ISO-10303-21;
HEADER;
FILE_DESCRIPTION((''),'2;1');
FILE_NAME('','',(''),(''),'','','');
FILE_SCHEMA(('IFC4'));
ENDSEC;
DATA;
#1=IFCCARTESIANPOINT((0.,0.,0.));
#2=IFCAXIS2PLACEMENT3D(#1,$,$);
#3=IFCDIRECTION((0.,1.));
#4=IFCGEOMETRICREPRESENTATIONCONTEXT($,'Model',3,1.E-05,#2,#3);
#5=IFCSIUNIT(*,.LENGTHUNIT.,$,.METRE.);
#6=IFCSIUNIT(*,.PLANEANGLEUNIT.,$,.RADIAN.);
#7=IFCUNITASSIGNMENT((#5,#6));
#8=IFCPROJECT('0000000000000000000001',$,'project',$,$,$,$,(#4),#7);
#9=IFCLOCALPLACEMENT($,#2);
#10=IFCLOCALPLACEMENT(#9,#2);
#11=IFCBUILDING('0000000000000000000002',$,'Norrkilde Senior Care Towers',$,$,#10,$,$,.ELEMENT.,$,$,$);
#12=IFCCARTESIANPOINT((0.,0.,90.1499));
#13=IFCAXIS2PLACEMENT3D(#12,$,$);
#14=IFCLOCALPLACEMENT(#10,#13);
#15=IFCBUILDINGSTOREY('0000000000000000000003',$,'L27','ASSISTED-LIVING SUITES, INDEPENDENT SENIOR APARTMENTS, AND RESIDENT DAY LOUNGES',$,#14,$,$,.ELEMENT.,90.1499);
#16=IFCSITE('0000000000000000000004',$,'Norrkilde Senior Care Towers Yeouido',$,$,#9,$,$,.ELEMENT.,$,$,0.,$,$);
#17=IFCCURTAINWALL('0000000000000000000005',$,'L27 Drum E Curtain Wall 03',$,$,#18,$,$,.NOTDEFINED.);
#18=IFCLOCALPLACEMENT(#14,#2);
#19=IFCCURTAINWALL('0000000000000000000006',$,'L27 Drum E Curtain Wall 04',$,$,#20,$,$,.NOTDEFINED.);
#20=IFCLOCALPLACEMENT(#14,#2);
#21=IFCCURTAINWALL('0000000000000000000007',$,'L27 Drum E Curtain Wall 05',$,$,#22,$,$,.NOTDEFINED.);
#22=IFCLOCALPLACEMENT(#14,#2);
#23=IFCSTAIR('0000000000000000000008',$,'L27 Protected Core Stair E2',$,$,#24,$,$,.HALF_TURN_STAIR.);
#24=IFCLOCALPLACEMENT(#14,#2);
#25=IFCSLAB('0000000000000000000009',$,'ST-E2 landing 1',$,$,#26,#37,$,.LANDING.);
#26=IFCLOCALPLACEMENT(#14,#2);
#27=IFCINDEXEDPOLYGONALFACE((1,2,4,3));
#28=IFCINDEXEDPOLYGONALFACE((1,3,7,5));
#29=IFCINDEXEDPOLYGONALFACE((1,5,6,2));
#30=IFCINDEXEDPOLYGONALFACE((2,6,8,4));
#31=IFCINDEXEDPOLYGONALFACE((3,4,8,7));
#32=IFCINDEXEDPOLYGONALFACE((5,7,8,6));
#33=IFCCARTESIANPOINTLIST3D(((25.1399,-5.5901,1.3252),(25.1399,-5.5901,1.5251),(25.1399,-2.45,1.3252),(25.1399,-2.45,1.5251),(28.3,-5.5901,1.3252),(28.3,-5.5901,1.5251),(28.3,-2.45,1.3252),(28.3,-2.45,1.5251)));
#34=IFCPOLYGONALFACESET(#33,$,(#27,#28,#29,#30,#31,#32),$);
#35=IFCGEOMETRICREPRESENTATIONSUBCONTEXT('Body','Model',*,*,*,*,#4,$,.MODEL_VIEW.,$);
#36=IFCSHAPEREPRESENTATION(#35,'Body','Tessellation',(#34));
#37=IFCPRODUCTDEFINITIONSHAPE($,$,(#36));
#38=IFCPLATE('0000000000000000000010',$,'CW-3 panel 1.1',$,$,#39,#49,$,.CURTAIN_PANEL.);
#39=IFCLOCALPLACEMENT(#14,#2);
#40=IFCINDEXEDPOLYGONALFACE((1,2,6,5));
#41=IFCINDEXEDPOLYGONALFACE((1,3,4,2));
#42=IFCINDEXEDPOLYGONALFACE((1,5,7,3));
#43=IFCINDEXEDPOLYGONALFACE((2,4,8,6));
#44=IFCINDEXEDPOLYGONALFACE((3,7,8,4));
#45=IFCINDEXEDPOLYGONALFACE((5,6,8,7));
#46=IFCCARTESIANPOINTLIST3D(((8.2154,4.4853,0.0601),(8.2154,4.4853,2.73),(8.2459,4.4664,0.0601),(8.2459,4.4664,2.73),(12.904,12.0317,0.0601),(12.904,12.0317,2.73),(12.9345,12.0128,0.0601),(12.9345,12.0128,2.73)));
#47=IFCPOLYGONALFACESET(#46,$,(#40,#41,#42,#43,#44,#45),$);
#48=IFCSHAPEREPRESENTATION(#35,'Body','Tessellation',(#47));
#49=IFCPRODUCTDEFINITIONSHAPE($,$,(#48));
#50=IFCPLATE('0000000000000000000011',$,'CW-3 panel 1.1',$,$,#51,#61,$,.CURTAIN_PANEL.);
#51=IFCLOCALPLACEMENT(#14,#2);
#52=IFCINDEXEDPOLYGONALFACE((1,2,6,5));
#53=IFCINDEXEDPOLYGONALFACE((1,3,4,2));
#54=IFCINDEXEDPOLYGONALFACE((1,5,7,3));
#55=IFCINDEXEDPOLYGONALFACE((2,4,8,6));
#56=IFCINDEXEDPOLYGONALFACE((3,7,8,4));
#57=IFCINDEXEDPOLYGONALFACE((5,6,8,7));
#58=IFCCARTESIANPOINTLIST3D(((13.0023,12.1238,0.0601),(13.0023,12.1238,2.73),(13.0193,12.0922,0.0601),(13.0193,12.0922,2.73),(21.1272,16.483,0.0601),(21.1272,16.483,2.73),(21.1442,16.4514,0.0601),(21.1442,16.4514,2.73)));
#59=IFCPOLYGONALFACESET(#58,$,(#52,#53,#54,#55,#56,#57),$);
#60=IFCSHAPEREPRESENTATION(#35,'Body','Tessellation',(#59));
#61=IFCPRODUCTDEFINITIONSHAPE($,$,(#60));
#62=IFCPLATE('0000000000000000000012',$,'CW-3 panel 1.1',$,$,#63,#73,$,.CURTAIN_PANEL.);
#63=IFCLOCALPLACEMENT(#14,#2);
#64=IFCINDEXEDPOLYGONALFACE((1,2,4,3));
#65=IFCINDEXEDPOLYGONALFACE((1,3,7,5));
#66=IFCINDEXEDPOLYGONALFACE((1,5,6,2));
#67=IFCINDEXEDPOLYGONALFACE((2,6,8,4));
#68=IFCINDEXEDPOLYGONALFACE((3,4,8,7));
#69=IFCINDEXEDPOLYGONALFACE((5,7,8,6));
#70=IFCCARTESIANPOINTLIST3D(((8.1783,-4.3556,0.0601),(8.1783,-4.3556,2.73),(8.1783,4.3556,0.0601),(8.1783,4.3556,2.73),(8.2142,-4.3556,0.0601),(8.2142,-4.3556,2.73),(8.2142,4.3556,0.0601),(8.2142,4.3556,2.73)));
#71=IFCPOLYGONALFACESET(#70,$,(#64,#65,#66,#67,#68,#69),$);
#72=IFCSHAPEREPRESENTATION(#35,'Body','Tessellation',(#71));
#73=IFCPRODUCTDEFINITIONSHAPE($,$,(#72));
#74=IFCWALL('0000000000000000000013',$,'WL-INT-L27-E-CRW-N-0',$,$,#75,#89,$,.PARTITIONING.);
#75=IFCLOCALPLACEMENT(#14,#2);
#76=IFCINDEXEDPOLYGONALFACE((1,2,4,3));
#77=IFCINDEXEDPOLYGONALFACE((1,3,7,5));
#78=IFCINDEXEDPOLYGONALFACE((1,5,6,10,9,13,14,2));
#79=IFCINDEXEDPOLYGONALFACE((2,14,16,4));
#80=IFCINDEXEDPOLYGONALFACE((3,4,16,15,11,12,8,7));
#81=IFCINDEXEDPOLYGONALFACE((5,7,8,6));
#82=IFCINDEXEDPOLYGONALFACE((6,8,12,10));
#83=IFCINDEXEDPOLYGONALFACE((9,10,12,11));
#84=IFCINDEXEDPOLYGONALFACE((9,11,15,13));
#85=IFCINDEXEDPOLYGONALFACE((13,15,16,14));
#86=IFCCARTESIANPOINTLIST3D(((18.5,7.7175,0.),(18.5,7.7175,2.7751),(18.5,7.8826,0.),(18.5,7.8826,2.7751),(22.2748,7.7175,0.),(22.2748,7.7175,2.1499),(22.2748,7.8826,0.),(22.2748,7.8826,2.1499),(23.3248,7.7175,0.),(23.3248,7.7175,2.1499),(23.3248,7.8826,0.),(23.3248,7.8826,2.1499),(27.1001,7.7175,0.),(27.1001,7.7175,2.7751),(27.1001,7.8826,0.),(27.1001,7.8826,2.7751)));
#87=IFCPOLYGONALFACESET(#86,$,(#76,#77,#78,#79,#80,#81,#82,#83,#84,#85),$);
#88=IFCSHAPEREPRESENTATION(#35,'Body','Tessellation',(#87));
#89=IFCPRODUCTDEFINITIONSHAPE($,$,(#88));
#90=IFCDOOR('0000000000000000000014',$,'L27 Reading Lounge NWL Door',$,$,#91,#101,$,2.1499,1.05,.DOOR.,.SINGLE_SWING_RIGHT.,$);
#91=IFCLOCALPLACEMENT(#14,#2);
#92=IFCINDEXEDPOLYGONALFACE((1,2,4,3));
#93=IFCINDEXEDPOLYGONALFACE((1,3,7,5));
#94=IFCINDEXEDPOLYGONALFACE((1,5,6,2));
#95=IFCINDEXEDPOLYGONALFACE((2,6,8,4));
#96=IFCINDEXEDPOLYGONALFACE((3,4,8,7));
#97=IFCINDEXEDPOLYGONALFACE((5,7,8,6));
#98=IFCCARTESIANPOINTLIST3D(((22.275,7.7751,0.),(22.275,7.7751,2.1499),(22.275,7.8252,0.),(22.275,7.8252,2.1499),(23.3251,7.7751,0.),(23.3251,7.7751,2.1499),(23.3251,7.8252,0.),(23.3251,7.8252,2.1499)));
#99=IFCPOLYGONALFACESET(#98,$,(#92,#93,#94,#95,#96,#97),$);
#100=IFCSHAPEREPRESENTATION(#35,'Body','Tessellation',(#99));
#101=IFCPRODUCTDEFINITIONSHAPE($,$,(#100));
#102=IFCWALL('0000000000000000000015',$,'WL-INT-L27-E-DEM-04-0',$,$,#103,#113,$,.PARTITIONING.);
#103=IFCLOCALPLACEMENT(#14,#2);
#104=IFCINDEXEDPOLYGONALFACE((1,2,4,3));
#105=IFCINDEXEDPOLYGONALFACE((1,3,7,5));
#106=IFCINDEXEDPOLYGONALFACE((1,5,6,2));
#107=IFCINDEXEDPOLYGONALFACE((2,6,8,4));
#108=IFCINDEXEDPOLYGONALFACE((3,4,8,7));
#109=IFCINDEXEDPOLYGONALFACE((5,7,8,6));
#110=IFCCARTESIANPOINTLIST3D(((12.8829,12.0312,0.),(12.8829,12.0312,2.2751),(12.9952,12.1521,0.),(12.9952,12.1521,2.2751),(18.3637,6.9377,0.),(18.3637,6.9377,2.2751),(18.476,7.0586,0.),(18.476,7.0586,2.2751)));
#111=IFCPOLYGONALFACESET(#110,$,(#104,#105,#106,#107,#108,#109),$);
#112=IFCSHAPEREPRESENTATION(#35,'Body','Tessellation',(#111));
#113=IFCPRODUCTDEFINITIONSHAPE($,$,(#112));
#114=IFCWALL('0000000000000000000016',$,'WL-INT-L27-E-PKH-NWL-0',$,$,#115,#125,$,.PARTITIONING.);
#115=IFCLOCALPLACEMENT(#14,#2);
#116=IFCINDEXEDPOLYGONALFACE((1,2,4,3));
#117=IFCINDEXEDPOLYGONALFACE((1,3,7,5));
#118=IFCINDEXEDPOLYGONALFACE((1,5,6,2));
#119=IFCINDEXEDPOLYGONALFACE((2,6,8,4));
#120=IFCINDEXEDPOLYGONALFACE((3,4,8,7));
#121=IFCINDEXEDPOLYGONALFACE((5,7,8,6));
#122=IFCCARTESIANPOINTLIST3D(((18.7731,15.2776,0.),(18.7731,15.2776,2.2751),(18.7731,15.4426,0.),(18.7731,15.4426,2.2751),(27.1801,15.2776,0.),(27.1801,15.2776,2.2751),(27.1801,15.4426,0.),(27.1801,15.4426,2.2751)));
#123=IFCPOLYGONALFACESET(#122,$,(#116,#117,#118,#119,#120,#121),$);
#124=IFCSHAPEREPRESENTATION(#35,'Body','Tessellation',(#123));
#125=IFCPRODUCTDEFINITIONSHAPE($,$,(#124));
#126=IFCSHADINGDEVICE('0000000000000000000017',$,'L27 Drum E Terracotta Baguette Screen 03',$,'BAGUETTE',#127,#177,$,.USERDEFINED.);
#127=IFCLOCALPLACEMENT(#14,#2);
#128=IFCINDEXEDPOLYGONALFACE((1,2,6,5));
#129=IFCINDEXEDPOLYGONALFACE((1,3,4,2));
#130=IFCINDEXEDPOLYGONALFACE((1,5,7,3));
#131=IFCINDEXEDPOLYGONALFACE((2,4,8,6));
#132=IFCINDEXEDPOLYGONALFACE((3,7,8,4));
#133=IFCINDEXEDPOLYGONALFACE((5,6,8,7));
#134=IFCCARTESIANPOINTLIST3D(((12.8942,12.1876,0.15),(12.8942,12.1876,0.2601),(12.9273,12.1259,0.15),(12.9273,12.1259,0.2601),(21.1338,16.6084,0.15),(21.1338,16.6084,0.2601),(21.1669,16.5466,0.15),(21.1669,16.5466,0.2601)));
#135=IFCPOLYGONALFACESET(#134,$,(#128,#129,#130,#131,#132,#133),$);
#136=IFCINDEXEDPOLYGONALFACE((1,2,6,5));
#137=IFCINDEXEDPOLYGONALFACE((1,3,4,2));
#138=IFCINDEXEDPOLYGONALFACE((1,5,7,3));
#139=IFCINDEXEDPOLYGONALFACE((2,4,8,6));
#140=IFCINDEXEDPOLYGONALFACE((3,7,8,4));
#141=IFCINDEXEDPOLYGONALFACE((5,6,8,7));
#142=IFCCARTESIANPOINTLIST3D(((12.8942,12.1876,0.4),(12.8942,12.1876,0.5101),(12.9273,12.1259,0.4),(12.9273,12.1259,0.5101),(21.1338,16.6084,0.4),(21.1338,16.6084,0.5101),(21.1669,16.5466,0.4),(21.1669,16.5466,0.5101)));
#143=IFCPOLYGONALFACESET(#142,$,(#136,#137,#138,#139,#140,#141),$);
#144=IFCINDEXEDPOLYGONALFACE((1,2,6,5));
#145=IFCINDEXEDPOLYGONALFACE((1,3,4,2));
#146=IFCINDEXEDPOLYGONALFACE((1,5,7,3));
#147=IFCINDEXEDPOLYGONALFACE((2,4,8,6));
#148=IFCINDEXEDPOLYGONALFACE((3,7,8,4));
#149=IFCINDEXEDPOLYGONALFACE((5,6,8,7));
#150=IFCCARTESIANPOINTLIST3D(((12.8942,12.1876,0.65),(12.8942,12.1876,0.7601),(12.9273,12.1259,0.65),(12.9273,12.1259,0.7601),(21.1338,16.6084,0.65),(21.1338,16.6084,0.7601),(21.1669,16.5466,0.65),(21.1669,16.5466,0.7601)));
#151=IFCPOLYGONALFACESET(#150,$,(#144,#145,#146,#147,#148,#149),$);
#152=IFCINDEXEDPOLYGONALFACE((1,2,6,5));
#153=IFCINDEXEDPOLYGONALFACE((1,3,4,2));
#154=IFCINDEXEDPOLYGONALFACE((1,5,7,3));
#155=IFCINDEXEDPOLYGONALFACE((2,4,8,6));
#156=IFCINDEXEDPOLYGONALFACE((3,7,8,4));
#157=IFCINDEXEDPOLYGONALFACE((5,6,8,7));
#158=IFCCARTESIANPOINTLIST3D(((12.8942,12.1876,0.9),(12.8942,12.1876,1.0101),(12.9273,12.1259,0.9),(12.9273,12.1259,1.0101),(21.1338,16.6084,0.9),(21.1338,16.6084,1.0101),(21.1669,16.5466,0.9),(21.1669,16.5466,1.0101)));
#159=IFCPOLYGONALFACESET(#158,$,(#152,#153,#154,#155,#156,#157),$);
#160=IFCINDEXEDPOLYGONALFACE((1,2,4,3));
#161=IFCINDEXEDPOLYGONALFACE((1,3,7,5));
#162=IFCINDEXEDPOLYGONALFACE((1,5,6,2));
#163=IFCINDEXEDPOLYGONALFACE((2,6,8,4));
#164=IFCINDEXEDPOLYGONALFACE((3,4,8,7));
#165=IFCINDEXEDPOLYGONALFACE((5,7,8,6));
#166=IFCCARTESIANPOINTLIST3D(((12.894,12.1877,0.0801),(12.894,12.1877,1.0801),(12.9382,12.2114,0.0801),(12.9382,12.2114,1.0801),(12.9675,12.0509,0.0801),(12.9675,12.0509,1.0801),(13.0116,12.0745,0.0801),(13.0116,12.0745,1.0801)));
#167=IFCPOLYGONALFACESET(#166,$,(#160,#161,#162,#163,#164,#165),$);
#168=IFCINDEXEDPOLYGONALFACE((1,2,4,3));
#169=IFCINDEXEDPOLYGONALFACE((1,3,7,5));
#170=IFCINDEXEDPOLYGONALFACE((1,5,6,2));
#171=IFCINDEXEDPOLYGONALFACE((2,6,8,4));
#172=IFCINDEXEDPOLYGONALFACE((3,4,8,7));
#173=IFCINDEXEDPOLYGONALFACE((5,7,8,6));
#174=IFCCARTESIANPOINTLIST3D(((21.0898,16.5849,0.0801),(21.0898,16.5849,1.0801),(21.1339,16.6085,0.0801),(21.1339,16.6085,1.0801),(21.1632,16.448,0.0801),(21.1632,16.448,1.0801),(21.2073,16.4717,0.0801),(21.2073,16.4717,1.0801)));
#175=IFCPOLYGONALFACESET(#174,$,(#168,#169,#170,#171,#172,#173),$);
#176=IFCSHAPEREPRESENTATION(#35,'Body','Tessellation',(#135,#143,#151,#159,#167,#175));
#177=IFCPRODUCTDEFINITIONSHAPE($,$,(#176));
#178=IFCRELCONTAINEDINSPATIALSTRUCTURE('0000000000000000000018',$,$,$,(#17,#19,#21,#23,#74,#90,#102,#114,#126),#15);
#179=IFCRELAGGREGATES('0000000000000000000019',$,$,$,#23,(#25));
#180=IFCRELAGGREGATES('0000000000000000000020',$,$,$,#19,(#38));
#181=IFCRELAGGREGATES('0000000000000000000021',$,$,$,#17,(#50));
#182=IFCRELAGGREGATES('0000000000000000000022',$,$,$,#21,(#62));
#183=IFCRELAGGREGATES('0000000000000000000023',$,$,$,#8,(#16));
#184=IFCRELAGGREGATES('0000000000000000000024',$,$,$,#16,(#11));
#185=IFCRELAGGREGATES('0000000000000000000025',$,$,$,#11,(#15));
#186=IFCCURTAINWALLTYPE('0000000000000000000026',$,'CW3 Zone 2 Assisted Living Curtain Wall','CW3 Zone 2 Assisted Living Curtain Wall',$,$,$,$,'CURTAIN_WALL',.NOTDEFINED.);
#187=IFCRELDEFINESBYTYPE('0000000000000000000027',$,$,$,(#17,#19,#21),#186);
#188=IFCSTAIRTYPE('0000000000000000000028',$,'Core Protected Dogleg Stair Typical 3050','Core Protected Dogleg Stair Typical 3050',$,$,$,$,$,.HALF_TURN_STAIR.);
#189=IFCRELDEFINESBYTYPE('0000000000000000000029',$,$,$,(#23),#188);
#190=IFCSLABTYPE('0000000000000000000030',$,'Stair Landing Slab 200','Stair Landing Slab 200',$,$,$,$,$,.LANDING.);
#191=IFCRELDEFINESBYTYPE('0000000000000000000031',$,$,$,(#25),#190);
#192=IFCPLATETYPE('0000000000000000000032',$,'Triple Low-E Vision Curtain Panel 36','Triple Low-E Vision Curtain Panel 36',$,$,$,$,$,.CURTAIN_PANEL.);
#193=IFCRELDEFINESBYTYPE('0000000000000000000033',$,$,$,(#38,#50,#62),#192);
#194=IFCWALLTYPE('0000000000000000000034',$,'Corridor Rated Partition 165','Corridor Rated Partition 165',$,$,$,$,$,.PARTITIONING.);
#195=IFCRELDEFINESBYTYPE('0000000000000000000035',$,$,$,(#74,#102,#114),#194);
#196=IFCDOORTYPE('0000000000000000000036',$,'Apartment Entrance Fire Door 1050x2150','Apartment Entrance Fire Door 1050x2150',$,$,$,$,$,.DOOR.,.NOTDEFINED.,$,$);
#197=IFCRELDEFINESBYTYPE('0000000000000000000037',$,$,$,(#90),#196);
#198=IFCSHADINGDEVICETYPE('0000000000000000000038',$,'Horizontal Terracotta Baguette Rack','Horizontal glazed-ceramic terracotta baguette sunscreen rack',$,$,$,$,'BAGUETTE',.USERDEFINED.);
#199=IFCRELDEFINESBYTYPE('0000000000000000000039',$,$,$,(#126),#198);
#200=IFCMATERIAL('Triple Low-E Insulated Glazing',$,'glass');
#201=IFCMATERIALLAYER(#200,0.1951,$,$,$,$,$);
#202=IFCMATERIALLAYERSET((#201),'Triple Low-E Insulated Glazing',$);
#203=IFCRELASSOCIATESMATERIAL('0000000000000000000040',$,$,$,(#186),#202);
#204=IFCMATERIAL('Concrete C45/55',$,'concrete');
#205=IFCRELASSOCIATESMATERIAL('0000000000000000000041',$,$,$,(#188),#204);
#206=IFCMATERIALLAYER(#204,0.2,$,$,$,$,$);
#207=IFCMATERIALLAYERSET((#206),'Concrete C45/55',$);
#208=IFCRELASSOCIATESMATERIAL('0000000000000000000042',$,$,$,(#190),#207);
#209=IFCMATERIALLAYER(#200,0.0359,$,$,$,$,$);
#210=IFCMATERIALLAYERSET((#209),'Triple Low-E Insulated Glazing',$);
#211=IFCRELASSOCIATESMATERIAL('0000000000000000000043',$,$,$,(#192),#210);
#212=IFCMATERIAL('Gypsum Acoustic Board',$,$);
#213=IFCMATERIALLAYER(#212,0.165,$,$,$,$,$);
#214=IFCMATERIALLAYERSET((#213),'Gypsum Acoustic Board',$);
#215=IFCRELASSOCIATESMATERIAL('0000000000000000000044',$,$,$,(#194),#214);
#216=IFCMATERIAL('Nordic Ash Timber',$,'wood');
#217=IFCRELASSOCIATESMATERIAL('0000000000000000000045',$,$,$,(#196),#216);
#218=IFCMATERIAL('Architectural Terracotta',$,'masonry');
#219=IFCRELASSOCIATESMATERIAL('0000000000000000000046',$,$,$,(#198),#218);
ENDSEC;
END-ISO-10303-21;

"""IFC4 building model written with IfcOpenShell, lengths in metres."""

from ifc_helpers import new_model, si_unit, direction, frame, frame_2d, origin, origin_2d, place, context, subcontext, project, spatial, polyline, rectangle, outline, extrude, source, transform, mapped, material, layer, layer_set, type_object, type_shapes, element, fill, aggregate, save


model = new_model("IFC4")

# Units and contexts
model_context = context("Model", 3, precision=1e-05, world=origin(), true_north=direction((0.0, 1.0)))
body_context = subcontext(model_context, "Body", "Model", "MODEL_VIEW")
ifc_project = project(units=[si_unit("LENGTHUNIT", "METRE"), si_unit("PLANEANGLEUNIT", "RADIAN")], contexts=[model_context])

# Site, building, storey
site_placement = place(None, origin())
site = spatial("IfcSite", under=ifc_project, at=site_placement, Name="Norrkilde Senior Care Towers Yeouido", CompositionType="ELEMENT", RefElevation=0.0)
building_placement = place(site_placement, origin())
building = spatial("IfcBuilding", under=site, at=building_placement, Name="Norrkilde Senior Care Towers", CompositionType="ELEMENT")
storey_placement = place(building_placement, frame((0.0, 0.0, 90.1499)))
storey = spatial("IfcBuildingStorey", under=building, at=storey_placement, Name="L27", Description="ASSISTED-LIVING SUITES, INDEPENDENT SENIOR APARTMENTS, AND RESIDENT DAY LOUNGES", CompositionType="ELEMENT", Elevation=90.1499)

# Curtain wall
ifc_material_1 = material(Name="Triple Low-E Insulated Glazing", Category="glass")
ifc_layer_1 = layer(ifc_material_1, 0.1951)
ifc_layer_set_1 = layer_set([ifc_layer_1], Name="Triple Low-E Insulated Glazing")
curtain_wall_type = type_object("IfcCurtainWallType", Name="CW3 Zone 2 Assisted Living Curtain Wall", Description="CW3 Zone 2 Assisted Living Curtain Wall", ElementType="CURTAIN_WALL", PredefinedType="NOTDEFINED", material=ifc_layer_set_1)
curtain_wall_1_placement = place(storey_placement, origin())
curtain_wall_1 = element("IfcCurtainWall", 1, at=curtain_wall_1_placement, inside=storey, type_object=curtain_wall_type, Name="L27 Drum E Curtain Wall 03", PredefinedType="NOTDEFINED")

# Curtain wall
curtain_wall_2_placement = place(storey_placement, origin())
curtain_wall_2 = element("IfcCurtainWall", 2, at=curtain_wall_2_placement, inside=storey, type_object=curtain_wall_type, Name="L27 Drum E Curtain Wall 04", PredefinedType="NOTDEFINED")

# Curtain wall
curtain_wall_3_placement = place(storey_placement, origin())
curtain_wall_3 = element("IfcCurtainWall", 3, at=curtain_wall_3_placement, inside=storey, type_object=curtain_wall_type, Name="L27 Drum E Curtain Wall 05", PredefinedType="NOTDEFINED")

# Stair, slab
ifc_material_2 = material(Name="Concrete C45/55", Category="concrete")
stair_type = type_object("IfcStairType", Name="Core Protected Dogleg Stair Typical 3050", Description="Core Protected Dogleg Stair Typical 3050", PredefinedType="HALF_TURN_STAIR", material=ifc_material_2)
ifc_layer_2 = layer(ifc_material_2, 0.2)
ifc_layer_set_2 = layer_set([ifc_layer_2], Name="Concrete C45/55")
slab_type = type_object("IfcSlabType", Name="Stair Landing Slab 200", Description="Stair Landing Slab 200", PredefinedType="LANDING", material=ifc_layer_set_2)
stair_1_placement = place(storey_placement, origin())
stair_1 = element("IfcStair", 4, at=stair_1_placement, inside=storey, type_object=stair_type, Name="L27 Protected Core Stair E2", PredefinedType="HALF_TURN_STAIR")
slab_1_placement = place(storey_placement, frame((0.0, 0.0, 1.3252)))
slab_1 = element("IfcSlab", 5, at=slab_1_placement, type_object=slab_type, Name="ST-E2 landing 1", PredefinedType="LANDING", context=body_context, shape_type="SweptSolid", body=[
    extrude(outline(polyline([(25.1399, -5.5901), (28.3, -5.5901), (28.3, -2.45), (25.1399, -2.45), (25.1399, -5.5901)])), origin(), (0.0, 0.0, 1.0), 0.2),
])
aggregate(stair_1, [slab_1])

# Plates
ifc_layer_3 = layer(ifc_material_1, 0.0359)
ifc_layer_set_3 = layer_set([ifc_layer_3], Name="Triple Low-E Insulated Glazing")
plate_type = type_object("IfcPlateType", Name="Triple Low-E Vision Curtain Panel 36", Description="Triple Low-E Vision Curtain Panel 36", PredefinedType="CURTAIN_PANEL", material=ifc_layer_set_3)
shared_shape_1 = source(origin(), body_context, "Body", "SweptSolid", [
    extrude(rectangle(XDim=8.8843, YDim=0.0359, at=origin_2d()), origin(), (0.0, 0.0, 1.0), 2.6699),
])
plate_1_placement = place(storey_placement, frame((10.575, 8.249, 0.0601), z_axis=(0.0, 0.0, 1.0), x_axis=(0.527733, 0.84941, 0.0)))
plate_1 = element("IfcPlate", 6, at=plate_1_placement, type_object=plate_type, Name="CW-3 panel 1.1", PredefinedType="CURTAIN_PANEL", context=body_context, shape_type="MappedRepresentation", body=[
    mapped(shared_shape_1, transform((0.0, 0.0, 0.0), x_axis=(1.0, 0.0, 0.0), y_axis=(0.0, 1.0, 0.0), z_axis=(0.0, 0.0, 1.0), scale=1.0)),
])
aggregate(curtain_wall_2, [plate_1])
shared_shape_2 = source(origin(), body_context, "Body", "SweptSolid", [
    extrude(rectangle(XDim=9.2205, YDim=0.0359, at=origin_2d()), origin(), (0.0, 0.0, 1.0), 2.6699),
])
plate_2_placement = place(storey_placement, frame((17.0732, 14.2876, 0.0601), z_axis=(0.0, 0.0, 1.0), x_axis=(0.881186, 0.472769, 0.0)))
plate_2 = element("IfcPlate", 7, at=plate_2_placement, type_object=plate_type, Name="CW-3 panel 1.1", PredefinedType="CURTAIN_PANEL", context=body_context, shape_type="MappedRepresentation", body=[
    mapped(shared_shape_2, transform((0.0, 0.0, 0.0), x_axis=(1.0, 0.0, 0.0), y_axis=(0.0, 1.0, 0.0), z_axis=(0.0, 0.0, 1.0), scale=1.0)),
])
aggregate(curtain_wall_1, [plate_2])
shared_shape_3 = source(origin(), body_context, "Body", "SweptSolid", [
    extrude(rectangle(XDim=8.7112, YDim=0.0359, at=origin_2d()), origin(), (0.0, 0.0, 1.0), 2.6699),
])
type_shapes(plate_type, [shared_shape_1, shared_shape_2, shared_shape_3])
plate_3_placement = place(storey_placement, frame((8.1963, 0.0, 0.0601), z_axis=(0.0, 0.0, 1.0), x_axis=(0.0, 1.0, 0.0)))
plate_3 = element("IfcPlate", 8, at=plate_3_placement, type_object=plate_type, Name="CW-3 panel 1.1", PredefinedType="CURTAIN_PANEL", context=body_context, shape_type="MappedRepresentation", body=[
    mapped(shared_shape_3, transform((0.0, 0.0, 0.0), x_axis=(1.0, 0.0, 0.0), y_axis=(0.0, 1.0, 0.0), z_axis=(0.0, 0.0, 1.0), scale=1.0)),
])
aggregate(curtain_wall_3, [plate_3])

# Wall, opening, door
ifc_material_3 = material(Name="Gypsum Acoustic Board")
ifc_layer_4 = layer(ifc_material_3, 0.165)
ifc_layer_set_4 = layer_set([ifc_layer_4], Name="Gypsum Acoustic Board")
wall_type = type_object("IfcWallType", Name="Corridor Rated Partition 165", Description="Corridor Rated Partition 165", PredefinedType="PARTITIONING", material=ifc_layer_set_4)
shared_shape_4 = source(origin(), body_context, "Body", "SweptSolid", [
    extrude(rectangle(XDim=8.6001, YDim=0.165, at=frame_2d((4.3, 0.0))), origin(), (0.0, 0.0, 1.0), 2.7751),
])
wall_1_placement = place(storey_placement, frame((18.5, 7.8, 0.0), z_axis=(0.0, 0.0, 1.0), x_axis=(1.0, 0.0, 0.0)))
wall_1 = element("IfcWall", 9, at=wall_1_placement, inside=storey, type_object=wall_type, Name="WL-INT-L27-E-CRW-N-0", PredefinedType="PARTITIONING", context=body_context, shape_type="MappedRepresentation", body=[
    mapped(shared_shape_4, transform((0.0, 0.0, 0.0), x_axis=(1.0, 0.0, 0.0), y_axis=(0.0, 1.0, 0.0), z_axis=(0.0, 0.0, 1.0), scale=1.0)),
])
opening_placement = place(wall_1_placement, frame((3.7749, 0.0, 0.0)))
opening = element("IfcOpeningElement", 10, at=opening_placement, cuts=wall_1, PredefinedType="OPENING", context=body_context, shape_type="SweptSolid", body=[
    extrude(rectangle(XDim=1.05, YDim=2.1499, at=frame_2d((0.5249, 1.075))), frame((0.0, 0.0925, 0.0), z_axis=(0.0, -1.0, 0.0), x_axis=(1.0, 0.0, 0.0)), (0.0, 0.0, 1.0), 0.1851),
])
ifc_material_4 = material(Name="Nordic Ash Timber", Category="wood")
door_type = type_object("IfcDoorType", Name="Apartment Entrance Fire Door 1050x2150", Description="Apartment Entrance Fire Door 1050x2150", OperationType="NOTDEFINED", PredefinedType="DOOR", material=ifc_material_4)
shared_shape_5 = source(origin(), body_context, "Body", "SweptSolid", [
    extrude(rectangle(XDim=1.05, YDim=2.1499, at=frame_2d((0.5249, 1.075))), frame((0.0, 0.0249, 0.0), z_axis=(0.0, -1.0, 0.0), x_axis=(1.0, 0.0, 0.0)), (0.0, 0.0, 1.0), 0.05),
])
type_shapes(door_type, [shared_shape_5])
door_placement = place(opening_placement, frame((1.05, 0.0, 0.0), z_axis=(0.0, 0.0, 1.0), x_axis=(-1.0, 0.0, 0.0)))
door = element("IfcDoor", 11, at=door_placement, inside=storey, type_object=door_type, Name="L27 Reading Lounge NWL Door", OperationType="SINGLE_SWING_RIGHT", OverallHeight=2.1499, OverallWidth=1.05, PredefinedType="DOOR", context=body_context, shape_type="MappedRepresentation", body=[
    mapped(shared_shape_5, transform((0.0, 0.0, 0.0), x_axis=(1.0, 0.0, 0.0), y_axis=(0.0, 1.0, 0.0), z_axis=(0.0, 0.0, 1.0), scale=1.0)),
])
fill(opening, door)

# Walls
shared_shape_6 = source(origin(), body_context, "Body", "SweptSolid", [
    extrude(rectangle(XDim=7.4822, YDim=0.165, at=frame_2d((3.7412, 0.0))), origin(), (0.0, 0.0, 1.0), 2.2751),
])
wall_2_placement = place(storey_placement, frame((18.4199, 6.998, 0.0), z_axis=(0.0, 0.0, 1.0), x_axis=(-0.732509, 0.680758, 0.0)))
element("IfcWall", 12, at=wall_2_placement, inside=storey, type_object=wall_type, Name="WL-INT-L27-E-DEM-04-0", PredefinedType="PARTITIONING", context=body_context, shape_type="MappedRepresentation", body=[
    mapped(shared_shape_6, transform((0.0, 0.0, 0.0), x_axis=(1.0, 0.0, 0.0), y_axis=(0.0, 1.0, 0.0), z_axis=(0.0, 0.0, 1.0), scale=1.0)),
])
shared_shape_7 = source(origin(), body_context, "Body", "SweptSolid", [
    extrude(rectangle(XDim=8.407, YDim=0.165, at=frame_2d((4.2036, 0.0))), origin(), (0.0, 0.0, 1.0), 2.2751),
])
type_shapes(wall_type, [shared_shape_4, shared_shape_6, shared_shape_7])
wall_3_placement = place(storey_placement, frame((18.7729, 15.3601, 0.0), z_axis=(0.0, 0.0, 1.0), x_axis=(1.0, 0.0, 0.0)))
element("IfcWall", 13, at=wall_3_placement, inside=storey, type_object=wall_type, Name="WL-INT-L27-E-PKH-NWL-0", PredefinedType="PARTITIONING", context=body_context, shape_type="MappedRepresentation", body=[
    mapped(shared_shape_7, transform((0.0, 0.0, 0.0), x_axis=(1.0, 0.0, 0.0), y_axis=(0.0, 1.0, 0.0), z_axis=(0.0, 0.0, 1.0), scale=1.0)),
])

# Shading device
ifc_material_5 = material(Name="Architectural Terracotta", Category="masonry")
shading_device_type = type_object("IfcShadingDeviceType", Name="Horizontal Terracotta Baguette Rack", Description="Horizontal glazed-ceramic terracotta baguette sunscreen rack", ElementType="BAGUETTE", PredefinedType="USERDEFINED", material=ifc_material_5)
shared_shape_8 = source(origin(), body_context, "Body", "SweptSolid", [
    extrude(rectangle(XDim=0.0701, YDim=0.1101, at=origin_2d()), frame((0.0, 0.0901, 0.125), z_axis=(1.0, 0.0, 0.0), x_axis=(0.0, 1.0, 0.0)), (0.0, 0.0, 1.0), 9.3506),
    extrude(rectangle(XDim=0.0701, YDim=0.1101, at=origin_2d()), frame((0.0, 0.0901, 0.375), z_axis=(1.0, 0.0, 0.0), x_axis=(0.0, 1.0, 0.0)), (0.0, 0.0, 1.0), 9.3506),
    extrude(rectangle(XDim=0.0701, YDim=0.1101, at=origin_2d()), frame((0.0, 0.0901, 0.625), z_axis=(1.0, 0.0, 0.0), x_axis=(0.0, 1.0, 0.0)), (0.0, 0.0, 1.0), 9.3506),
    extrude(rectangle(XDim=0.0701, YDim=0.1101, at=origin_2d()), frame((0.0, 0.0901, 0.875), z_axis=(1.0, 0.0, 0.0), x_axis=(0.0, 1.0, 0.0)), (0.0, 0.0, 1.0), 9.3506),
    extrude(rectangle(XDim=0.05, YDim=0.1553, at=origin_2d()), frame((0.0249, 0.0476, 0.0)), (0.0, 0.0, 1.0), 1.0),
    extrude(rectangle(XDim=0.05, YDim=0.1553, at=origin_2d()), frame((9.3257, 0.0476, 0.0)), (0.0, 0.0, 1.0), 1.0),
])
type_shapes(shading_device_type, [shared_shape_8])
shading_device_placement = place(storey_placement, frame((12.9534, 12.0774, 0.0801), z_axis=(0.0, 0.0, 1.0), x_axis=(0.881175, 0.472768, 0.0)))
element("IfcShadingDevice", 14, at=shading_device_placement, inside=storey, type_object=shading_device_type, Name="L27 Drum E Terracotta Baguette Screen 03", ObjectType="BAGUETTE", PredefinedType="USERDEFINED", context=body_context, shape_type="MappedRepresentation", body=[
    mapped(shared_shape_8, transform((0.0, 0.0, 0.0), x_axis=(1.0, 0.0, 0.0), y_axis=(0.0, 1.0, 0.0), z_axis=(0.0, 0.0, 1.0), scale=1.0)),
])

save(model, "model.ifc")
